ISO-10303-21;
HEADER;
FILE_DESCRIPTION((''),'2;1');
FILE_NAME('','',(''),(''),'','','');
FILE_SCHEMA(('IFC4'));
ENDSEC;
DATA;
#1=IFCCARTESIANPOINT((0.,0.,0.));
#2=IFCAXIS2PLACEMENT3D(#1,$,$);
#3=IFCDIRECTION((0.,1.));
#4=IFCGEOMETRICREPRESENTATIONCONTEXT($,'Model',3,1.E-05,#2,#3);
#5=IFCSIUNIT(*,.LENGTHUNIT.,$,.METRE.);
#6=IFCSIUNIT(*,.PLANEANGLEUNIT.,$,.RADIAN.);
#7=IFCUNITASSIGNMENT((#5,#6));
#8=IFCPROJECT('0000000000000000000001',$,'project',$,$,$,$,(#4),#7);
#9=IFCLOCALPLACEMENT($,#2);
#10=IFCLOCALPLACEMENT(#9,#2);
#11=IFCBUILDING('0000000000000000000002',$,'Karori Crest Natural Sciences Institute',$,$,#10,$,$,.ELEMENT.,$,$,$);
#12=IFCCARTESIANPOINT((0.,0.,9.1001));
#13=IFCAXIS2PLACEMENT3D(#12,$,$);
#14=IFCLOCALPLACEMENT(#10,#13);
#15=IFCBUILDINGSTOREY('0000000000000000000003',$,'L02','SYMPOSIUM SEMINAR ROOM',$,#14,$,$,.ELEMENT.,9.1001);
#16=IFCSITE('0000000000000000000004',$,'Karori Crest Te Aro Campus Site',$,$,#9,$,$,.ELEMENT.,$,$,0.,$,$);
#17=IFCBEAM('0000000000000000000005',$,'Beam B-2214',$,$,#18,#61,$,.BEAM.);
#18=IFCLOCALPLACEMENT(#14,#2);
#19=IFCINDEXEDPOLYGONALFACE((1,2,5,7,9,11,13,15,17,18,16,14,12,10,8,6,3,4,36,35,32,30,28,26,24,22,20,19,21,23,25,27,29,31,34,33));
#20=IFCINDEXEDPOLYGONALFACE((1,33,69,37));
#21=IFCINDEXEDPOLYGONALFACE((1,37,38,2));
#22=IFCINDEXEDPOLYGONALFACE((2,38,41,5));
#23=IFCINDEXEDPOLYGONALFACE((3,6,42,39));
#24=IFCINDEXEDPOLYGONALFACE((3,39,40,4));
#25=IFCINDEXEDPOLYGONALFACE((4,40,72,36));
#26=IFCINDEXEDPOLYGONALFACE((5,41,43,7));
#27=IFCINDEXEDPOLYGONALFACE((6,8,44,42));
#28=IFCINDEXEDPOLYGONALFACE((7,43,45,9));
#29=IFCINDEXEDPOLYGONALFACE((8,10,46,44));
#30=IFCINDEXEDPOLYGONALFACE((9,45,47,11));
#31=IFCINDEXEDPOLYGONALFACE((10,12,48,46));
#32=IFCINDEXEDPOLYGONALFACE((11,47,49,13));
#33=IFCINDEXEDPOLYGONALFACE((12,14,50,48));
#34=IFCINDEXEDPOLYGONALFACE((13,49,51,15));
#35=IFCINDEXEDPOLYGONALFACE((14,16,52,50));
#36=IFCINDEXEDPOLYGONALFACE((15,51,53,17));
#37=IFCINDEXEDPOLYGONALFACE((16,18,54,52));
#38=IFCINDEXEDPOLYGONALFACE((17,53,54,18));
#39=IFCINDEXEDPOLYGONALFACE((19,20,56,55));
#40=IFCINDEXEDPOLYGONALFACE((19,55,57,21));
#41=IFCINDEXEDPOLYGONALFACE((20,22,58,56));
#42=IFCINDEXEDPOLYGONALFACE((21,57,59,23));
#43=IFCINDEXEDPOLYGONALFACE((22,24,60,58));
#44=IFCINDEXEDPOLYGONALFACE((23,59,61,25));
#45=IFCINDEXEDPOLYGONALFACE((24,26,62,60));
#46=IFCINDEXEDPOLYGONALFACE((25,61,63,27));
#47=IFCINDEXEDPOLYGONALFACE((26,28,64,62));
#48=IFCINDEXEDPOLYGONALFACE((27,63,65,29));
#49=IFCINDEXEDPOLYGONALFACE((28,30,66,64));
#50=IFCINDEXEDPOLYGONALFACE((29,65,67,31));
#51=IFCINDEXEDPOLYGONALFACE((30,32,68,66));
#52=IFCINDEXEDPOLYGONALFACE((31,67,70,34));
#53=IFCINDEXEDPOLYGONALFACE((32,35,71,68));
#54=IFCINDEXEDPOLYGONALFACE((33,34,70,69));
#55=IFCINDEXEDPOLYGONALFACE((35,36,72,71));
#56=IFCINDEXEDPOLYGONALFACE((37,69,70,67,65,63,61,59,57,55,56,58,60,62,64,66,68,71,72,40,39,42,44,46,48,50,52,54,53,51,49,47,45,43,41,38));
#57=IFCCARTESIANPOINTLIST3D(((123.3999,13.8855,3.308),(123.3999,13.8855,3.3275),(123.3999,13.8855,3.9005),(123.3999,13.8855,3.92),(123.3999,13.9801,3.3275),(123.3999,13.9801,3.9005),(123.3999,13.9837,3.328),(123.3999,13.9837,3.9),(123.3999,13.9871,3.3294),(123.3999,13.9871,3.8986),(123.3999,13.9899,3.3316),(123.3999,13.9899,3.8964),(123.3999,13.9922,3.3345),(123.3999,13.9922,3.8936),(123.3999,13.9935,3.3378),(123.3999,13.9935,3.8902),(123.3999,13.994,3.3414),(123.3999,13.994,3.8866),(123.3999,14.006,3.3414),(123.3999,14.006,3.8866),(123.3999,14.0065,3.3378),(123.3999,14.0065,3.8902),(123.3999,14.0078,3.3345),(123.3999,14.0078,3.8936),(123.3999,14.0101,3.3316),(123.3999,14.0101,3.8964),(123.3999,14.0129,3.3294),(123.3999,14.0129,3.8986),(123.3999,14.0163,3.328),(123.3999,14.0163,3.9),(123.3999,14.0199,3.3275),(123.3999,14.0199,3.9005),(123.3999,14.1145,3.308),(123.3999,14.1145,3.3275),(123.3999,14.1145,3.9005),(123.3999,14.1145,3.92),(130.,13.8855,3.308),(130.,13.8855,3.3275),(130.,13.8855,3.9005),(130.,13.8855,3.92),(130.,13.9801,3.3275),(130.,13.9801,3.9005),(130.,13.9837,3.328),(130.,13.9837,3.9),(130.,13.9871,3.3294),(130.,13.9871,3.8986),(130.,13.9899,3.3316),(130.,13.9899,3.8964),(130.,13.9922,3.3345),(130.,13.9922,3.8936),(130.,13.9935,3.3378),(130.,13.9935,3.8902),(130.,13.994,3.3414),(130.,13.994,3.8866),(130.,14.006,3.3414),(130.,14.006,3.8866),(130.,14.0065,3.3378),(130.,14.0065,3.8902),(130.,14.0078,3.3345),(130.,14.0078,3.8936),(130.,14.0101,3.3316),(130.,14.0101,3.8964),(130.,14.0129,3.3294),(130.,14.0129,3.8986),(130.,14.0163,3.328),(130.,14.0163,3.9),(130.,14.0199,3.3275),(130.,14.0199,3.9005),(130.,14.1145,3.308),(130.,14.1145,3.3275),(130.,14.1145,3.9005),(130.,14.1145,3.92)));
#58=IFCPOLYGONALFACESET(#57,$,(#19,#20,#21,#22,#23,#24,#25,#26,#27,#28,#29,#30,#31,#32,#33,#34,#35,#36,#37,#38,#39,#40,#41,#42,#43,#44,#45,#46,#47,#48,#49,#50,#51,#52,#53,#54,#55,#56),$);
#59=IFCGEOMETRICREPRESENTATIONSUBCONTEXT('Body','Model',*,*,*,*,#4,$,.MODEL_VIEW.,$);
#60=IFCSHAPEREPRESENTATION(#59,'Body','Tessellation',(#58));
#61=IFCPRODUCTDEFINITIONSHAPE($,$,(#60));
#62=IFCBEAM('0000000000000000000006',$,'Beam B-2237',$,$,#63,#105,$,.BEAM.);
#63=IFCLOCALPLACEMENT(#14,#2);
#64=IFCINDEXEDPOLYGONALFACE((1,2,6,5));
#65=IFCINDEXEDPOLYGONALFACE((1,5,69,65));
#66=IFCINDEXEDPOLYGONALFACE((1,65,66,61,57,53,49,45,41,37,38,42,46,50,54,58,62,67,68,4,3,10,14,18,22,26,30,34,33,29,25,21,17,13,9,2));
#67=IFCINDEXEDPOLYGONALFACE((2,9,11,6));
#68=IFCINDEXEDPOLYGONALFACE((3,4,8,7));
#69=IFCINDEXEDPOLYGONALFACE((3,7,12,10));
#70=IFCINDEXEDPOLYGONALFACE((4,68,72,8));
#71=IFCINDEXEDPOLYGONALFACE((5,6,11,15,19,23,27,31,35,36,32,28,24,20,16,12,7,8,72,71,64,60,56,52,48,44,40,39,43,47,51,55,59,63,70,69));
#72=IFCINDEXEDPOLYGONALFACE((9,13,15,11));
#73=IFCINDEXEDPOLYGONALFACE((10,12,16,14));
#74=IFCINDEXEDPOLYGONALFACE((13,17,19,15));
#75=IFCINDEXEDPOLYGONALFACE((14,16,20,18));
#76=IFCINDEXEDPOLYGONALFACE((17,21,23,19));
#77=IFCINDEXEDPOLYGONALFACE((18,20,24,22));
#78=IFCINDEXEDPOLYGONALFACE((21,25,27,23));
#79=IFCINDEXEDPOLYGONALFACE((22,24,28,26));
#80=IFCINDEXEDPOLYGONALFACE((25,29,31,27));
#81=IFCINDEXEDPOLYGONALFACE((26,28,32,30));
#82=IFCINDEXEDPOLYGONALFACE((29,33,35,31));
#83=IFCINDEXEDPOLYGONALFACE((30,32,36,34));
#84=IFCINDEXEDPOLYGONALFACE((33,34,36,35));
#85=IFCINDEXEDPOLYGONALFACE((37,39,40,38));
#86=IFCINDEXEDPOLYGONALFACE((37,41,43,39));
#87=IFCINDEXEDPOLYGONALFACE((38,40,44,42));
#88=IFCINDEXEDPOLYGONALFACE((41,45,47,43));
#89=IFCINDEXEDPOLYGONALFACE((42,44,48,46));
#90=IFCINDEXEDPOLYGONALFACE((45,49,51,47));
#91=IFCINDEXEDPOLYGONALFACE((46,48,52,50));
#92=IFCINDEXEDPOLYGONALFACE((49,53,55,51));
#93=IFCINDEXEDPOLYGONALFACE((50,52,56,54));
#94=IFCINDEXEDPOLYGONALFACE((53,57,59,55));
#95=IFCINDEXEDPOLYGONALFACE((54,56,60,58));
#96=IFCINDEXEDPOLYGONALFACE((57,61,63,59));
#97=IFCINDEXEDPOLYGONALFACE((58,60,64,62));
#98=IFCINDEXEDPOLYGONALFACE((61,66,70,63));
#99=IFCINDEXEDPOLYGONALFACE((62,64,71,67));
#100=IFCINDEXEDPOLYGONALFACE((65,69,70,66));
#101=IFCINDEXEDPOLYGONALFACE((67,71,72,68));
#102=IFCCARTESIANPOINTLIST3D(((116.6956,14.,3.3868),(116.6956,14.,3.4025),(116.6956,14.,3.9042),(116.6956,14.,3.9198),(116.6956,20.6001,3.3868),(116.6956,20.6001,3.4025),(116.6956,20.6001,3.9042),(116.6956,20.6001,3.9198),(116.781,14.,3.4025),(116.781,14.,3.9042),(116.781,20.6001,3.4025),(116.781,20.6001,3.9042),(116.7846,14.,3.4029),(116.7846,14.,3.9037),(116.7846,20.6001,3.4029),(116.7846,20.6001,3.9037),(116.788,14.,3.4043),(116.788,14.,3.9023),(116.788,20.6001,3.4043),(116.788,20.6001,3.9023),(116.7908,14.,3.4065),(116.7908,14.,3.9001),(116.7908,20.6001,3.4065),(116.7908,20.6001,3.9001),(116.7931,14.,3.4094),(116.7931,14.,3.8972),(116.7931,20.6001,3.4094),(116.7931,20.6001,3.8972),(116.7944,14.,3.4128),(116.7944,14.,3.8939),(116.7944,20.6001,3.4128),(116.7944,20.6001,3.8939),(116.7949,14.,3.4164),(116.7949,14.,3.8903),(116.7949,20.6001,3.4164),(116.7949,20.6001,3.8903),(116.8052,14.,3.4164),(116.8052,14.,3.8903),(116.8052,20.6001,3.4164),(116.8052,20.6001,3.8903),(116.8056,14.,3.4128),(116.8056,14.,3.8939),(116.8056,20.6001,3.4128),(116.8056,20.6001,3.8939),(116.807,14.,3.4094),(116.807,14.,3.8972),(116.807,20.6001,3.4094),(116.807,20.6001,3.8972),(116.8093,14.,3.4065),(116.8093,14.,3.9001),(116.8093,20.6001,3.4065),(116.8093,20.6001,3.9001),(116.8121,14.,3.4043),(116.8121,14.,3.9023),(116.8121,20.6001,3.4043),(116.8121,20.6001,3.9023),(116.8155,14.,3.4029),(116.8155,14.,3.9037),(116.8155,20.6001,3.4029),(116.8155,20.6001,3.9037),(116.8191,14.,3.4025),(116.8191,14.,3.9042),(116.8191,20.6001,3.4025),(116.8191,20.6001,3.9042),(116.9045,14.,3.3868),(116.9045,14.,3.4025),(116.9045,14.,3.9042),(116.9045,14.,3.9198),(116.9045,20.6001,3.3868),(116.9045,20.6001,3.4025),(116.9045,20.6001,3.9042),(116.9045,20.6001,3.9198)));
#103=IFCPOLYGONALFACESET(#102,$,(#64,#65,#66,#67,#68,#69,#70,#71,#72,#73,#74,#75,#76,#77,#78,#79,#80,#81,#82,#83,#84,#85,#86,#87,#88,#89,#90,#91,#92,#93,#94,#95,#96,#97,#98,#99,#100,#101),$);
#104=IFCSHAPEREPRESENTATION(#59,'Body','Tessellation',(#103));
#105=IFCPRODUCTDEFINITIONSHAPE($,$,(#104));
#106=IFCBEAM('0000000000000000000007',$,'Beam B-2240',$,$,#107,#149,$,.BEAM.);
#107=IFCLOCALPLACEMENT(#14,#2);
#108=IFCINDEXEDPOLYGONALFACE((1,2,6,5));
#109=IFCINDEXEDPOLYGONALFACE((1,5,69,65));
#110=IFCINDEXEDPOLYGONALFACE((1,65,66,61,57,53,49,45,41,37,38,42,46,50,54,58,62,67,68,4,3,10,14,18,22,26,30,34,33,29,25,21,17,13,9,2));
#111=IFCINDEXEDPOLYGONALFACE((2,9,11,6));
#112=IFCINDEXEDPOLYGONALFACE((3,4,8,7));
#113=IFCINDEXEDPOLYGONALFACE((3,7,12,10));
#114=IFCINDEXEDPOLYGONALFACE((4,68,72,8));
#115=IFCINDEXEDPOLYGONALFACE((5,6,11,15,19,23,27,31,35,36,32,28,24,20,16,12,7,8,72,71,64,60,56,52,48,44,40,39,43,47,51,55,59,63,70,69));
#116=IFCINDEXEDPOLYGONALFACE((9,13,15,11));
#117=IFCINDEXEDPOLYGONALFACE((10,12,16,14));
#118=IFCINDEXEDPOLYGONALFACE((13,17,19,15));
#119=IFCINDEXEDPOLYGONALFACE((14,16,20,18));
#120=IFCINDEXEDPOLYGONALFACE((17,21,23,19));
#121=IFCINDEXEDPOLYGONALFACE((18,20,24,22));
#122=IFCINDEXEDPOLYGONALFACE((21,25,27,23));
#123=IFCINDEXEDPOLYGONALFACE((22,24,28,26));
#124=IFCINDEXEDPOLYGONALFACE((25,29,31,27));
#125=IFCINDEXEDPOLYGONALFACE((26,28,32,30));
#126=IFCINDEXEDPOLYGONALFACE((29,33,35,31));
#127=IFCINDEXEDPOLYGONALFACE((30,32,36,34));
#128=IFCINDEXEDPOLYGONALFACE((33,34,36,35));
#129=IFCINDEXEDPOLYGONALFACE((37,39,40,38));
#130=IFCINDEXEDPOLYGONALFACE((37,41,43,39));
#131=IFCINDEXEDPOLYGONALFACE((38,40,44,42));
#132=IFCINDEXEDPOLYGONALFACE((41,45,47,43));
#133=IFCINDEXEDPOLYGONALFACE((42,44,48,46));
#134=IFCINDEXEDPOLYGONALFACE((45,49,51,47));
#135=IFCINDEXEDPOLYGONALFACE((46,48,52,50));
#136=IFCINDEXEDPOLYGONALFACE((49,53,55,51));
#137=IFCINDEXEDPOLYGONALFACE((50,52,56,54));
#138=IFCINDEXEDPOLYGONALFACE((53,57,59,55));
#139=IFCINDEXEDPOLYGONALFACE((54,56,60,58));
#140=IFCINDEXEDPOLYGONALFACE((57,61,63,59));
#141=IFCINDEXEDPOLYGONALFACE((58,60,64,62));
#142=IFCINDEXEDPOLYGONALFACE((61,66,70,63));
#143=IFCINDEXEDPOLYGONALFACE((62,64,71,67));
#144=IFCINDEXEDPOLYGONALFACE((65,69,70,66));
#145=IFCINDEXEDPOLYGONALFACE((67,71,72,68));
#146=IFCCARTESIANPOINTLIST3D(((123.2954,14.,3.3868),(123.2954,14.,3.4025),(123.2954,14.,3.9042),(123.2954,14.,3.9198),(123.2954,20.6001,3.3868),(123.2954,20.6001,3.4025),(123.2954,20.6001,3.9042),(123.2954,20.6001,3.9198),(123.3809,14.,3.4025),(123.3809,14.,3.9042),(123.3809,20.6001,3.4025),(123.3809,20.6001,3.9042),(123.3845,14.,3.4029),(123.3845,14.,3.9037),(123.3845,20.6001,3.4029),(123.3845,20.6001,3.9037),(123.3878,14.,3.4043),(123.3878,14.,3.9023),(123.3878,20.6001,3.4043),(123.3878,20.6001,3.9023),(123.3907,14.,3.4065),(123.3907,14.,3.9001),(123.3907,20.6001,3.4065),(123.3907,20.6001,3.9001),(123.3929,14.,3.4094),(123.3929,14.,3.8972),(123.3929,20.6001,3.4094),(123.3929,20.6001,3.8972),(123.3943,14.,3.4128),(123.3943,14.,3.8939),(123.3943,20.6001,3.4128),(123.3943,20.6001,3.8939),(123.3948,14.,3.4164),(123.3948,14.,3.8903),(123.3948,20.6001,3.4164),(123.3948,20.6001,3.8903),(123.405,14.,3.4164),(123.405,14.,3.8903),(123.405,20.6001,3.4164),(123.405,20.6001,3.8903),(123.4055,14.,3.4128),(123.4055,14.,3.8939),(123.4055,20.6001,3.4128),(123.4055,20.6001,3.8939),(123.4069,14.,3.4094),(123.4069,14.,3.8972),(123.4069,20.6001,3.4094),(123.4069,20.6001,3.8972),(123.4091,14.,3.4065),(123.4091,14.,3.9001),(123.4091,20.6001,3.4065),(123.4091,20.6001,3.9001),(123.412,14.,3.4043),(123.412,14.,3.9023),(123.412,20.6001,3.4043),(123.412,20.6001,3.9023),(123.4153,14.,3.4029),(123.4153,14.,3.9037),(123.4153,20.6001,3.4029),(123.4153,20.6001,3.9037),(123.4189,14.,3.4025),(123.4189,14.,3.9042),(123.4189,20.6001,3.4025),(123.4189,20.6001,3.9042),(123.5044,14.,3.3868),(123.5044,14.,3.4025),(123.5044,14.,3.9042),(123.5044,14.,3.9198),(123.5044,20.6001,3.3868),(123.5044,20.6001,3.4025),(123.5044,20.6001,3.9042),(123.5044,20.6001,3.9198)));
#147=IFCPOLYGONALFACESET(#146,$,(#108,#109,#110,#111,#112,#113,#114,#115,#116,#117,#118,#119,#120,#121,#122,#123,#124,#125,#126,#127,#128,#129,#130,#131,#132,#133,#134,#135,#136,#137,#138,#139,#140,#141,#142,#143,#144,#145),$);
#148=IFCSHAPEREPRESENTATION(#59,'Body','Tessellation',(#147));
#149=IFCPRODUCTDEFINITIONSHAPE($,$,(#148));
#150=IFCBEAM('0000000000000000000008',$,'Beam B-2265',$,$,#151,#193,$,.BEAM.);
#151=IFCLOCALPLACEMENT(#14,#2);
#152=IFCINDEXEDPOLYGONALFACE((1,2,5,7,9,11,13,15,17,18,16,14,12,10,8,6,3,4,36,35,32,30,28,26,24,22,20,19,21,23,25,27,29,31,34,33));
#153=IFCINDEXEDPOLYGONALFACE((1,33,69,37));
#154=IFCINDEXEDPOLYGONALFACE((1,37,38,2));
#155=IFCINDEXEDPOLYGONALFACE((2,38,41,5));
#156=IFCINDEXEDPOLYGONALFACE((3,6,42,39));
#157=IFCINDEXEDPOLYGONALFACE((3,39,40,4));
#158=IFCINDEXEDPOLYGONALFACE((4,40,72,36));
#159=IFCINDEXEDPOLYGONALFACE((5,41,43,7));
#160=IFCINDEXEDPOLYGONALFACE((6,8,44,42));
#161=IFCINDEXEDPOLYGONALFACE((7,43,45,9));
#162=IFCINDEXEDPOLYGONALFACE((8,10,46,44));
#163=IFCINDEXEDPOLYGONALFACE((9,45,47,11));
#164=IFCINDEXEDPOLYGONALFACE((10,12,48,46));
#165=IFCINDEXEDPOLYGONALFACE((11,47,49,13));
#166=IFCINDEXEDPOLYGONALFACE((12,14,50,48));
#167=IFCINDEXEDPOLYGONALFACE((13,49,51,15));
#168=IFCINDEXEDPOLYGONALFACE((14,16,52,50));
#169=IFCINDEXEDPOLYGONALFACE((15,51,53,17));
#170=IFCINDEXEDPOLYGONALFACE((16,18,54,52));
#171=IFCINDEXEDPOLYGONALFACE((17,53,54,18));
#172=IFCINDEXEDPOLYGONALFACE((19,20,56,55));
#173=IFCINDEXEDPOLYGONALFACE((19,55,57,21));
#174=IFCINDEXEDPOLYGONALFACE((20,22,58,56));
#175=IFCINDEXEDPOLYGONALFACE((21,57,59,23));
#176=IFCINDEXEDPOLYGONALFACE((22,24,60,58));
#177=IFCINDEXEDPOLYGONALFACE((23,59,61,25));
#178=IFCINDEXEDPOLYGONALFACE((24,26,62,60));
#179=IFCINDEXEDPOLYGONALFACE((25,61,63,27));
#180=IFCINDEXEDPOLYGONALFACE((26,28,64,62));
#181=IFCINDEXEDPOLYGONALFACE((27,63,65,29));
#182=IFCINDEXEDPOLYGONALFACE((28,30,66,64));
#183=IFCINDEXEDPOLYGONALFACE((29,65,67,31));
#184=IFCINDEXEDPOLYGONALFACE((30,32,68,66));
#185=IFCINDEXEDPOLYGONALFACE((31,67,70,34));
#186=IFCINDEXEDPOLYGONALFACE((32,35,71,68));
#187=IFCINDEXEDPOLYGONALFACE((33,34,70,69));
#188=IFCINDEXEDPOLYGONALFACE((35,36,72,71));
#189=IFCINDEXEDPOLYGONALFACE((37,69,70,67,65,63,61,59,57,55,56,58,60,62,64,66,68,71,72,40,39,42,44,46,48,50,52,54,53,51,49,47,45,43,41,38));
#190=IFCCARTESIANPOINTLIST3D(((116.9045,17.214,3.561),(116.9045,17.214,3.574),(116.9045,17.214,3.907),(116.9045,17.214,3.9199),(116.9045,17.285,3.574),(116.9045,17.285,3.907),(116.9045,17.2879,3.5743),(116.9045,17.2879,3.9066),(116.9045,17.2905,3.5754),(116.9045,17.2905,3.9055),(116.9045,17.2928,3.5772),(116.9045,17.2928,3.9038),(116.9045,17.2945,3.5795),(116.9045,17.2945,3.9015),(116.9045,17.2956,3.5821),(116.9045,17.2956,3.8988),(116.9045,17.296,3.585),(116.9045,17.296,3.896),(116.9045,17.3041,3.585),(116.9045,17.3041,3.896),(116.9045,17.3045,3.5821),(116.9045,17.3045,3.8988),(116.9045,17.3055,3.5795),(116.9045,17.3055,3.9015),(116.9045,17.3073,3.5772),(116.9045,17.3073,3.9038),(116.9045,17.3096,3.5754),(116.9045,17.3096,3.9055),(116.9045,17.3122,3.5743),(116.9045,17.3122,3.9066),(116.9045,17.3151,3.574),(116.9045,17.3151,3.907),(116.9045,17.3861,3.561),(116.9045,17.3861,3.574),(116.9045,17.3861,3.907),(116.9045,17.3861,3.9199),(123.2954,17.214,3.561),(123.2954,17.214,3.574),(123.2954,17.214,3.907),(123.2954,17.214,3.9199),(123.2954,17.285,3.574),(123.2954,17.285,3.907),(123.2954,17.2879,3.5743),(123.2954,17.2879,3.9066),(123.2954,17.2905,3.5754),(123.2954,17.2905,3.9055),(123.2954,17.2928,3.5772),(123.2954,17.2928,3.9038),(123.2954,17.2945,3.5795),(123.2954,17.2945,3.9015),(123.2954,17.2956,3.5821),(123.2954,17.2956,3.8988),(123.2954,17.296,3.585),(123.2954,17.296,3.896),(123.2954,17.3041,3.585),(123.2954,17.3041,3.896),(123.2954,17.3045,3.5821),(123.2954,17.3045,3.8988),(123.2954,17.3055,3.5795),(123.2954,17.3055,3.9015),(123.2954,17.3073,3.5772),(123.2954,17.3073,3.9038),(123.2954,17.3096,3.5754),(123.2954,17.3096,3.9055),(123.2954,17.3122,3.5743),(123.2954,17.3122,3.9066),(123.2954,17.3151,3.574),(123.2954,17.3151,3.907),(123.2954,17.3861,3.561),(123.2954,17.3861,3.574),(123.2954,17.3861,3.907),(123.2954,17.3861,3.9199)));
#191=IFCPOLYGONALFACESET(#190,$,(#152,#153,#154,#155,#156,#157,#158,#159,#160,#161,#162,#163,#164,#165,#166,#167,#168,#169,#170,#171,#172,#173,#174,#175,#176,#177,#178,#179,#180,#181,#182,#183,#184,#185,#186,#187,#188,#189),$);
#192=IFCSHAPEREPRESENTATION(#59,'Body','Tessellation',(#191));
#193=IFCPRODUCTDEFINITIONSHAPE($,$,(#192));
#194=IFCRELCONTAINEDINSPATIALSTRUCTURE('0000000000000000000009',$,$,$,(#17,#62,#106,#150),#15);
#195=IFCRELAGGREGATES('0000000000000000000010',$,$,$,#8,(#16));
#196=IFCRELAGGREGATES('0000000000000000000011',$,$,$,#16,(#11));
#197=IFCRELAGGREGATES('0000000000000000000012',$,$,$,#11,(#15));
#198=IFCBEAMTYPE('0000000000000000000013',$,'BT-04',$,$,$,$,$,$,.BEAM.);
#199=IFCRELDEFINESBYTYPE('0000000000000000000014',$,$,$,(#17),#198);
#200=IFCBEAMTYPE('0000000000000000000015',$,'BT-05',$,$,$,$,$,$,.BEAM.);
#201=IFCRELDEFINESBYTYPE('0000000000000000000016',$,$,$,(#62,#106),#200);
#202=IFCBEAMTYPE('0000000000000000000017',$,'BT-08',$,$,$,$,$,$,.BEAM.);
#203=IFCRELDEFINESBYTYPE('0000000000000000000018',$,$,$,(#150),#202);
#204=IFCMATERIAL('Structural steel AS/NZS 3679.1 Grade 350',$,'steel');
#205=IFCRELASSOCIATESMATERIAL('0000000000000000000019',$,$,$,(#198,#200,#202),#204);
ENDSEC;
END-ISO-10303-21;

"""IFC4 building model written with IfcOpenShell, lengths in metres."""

from ifc_helpers import new_model, si_unit, direction, frame, origin, origin_2d, place, context, subcontext, project, spatial, i_section, extrude, material, material_profile, profile_set, type_object, element, save


model = new_model("IFC4")

# Units and contexts
model_context = context("Model", 3, precision=1e-05, world=origin(), true_north=direction((0.0, 1.0)))
body_context = subcontext(model_context, "Body", "Model", "MODEL_VIEW")
ifc_project = project(units=[si_unit("LENGTHUNIT", "METRE"), si_unit("PLANEANGLEUNIT", "RADIAN")], contexts=[model_context])

# Site, building, storey
site_placement = place(None, origin())
site = spatial("IfcSite", under=ifc_project, at=site_placement, Name="Karori Crest Te Aro Campus Site", CompositionType="ELEMENT", RefElevation=0.0)
building_placement = place(site_placement, origin())
building = spatial("IfcBuilding", under=site, at=building_placement, Name="Karori Crest Natural Sciences Institute", CompositionType="ELEMENT")
storey_placement = place(building_placement, frame((0.0, 0.0, 9.1001)))
storey = spatial("IfcBuildingStorey", under=building, at=storey_placement, Name="L02", Description="SYMPOSIUM SEMINAR ROOM", CompositionType="ELEMENT", Elevation=9.1001)

# Shared definitions
ifc_material_1 = material(Name="Structural steel AS/NZS 3679.1 Grade 350", Category="steel")

# Beams
ifc_material_profile_1 = material_profile(ifc_material_1, i_section(OverallWidth=0.229, OverallDepth=0.6121, WebThickness=0.012, FlangeThickness=0.0195, FilletRadius=0.0139, at=origin_2d()), Name="610UB125")
ifc_profile_set_1 = profile_set([ifc_material_profile_1], Name="Structural steel AS/NZS 3679.1 Grade 350")
beam_type_1 = type_object("IfcBeamType", Name="BT-04", PredefinedType="BEAM", material=ifc_profile_set_1)
beam_1_placement = place(storey_placement, frame((123.3999, 14.0, 3.614), z_axis=(1.0, 0.0, 0.0), x_axis=(0.0, 1.0, 0.0)))
element("IfcBeam", 1, at=beam_1_placement, inside=storey, type_object=beam_type_1, Name="Beam B-2214", PredefinedType="BEAM", context=body_context, shape_type="SweptSolid", body=[
    extrude(i_section(OverallWidth=0.229, OverallDepth=0.6121, WebThickness=0.012, FlangeThickness=0.0195, FilletRadius=0.0139, at=origin_2d()), origin(), (0.0, 0.0, 1.0), 6.6001),
])
ifc_material_profile_2 = material_profile(ifc_material_1, i_section(OverallWidth=0.209, OverallDepth=0.533, WebThickness=0.0103, FlangeThickness=0.0156, FilletRadius=0.0139, at=origin_2d()), Name="530UB92.4")
ifc_profile_set_2 = profile_set([ifc_material_profile_2], Name="Structural steel AS/NZS 3679.1 Grade 350")
beam_type_2 = type_object("IfcBeamType", Name="BT-05", PredefinedType="BEAM", material=ifc_profile_set_2)
for number, where, z_axis, x_axis, name in (
    (2, (116.8, 14.0, 3.6533), (0.0, 1.0, 0.0), (-1.0, 0.0, 0.0), "Beam B-2237"),
    (3, (123.3999, 14.0, 3.6533), (0.0, 1.0, 0.0), (-1.0, 0.0, 0.0), "Beam B-2240"),
):
    element("IfcBeam", number, at=place(storey_placement, frame(where, z_axis=z_axis, x_axis=x_axis)), inside=storey, type_object=beam_type_2, Name=name, PredefinedType="BEAM", context=body_context, shape_type="SweptSolid", body=[
        extrude(i_section(OverallWidth=0.209, OverallDepth=0.533, WebThickness=0.0103, FlangeThickness=0.0156, FilletRadius=0.0139, at=origin_2d()), origin(), (0.0, 0.0, 1.0), 6.6001),
    ])
ifc_material_profile_3 = material_profile(ifc_material_1, i_section(OverallWidth=0.1721, OverallDepth=0.3589, WebThickness=0.0081, FlangeThickness=0.0129, FilletRadius=0.011, at=origin_2d()), Name="360UB56.7")
ifc_profile_set_3 = profile_set([ifc_material_profile_3], Name="Structural steel AS/NZS 3679.1 Grade 350")
beam_type_3 = type_object("IfcBeamType", Name="BT-08", PredefinedType="BEAM", material=ifc_profile_set_3)
beam_2_placement = place(storey_placement, frame((116.9045, 17.3, 3.7405), z_axis=(1.0, 0.0, 0.0), x_axis=(0.0, 1.0, 0.0)))
element("IfcBeam", 4, at=beam_2_placement, inside=storey, type_object=beam_type_3, Name="Beam B-2265", PredefinedType="BEAM", context=body_context, shape_type="SweptSolid", body=[
    extrude(i_section(OverallWidth=0.1721, OverallDepth=0.3589, WebThickness=0.0081, FlangeThickness=0.0129, FilletRadius=0.011, at=origin_2d()), origin(), (0.0, 0.0, 1.0), 6.3909),
])

save(model, "model.ifc")
